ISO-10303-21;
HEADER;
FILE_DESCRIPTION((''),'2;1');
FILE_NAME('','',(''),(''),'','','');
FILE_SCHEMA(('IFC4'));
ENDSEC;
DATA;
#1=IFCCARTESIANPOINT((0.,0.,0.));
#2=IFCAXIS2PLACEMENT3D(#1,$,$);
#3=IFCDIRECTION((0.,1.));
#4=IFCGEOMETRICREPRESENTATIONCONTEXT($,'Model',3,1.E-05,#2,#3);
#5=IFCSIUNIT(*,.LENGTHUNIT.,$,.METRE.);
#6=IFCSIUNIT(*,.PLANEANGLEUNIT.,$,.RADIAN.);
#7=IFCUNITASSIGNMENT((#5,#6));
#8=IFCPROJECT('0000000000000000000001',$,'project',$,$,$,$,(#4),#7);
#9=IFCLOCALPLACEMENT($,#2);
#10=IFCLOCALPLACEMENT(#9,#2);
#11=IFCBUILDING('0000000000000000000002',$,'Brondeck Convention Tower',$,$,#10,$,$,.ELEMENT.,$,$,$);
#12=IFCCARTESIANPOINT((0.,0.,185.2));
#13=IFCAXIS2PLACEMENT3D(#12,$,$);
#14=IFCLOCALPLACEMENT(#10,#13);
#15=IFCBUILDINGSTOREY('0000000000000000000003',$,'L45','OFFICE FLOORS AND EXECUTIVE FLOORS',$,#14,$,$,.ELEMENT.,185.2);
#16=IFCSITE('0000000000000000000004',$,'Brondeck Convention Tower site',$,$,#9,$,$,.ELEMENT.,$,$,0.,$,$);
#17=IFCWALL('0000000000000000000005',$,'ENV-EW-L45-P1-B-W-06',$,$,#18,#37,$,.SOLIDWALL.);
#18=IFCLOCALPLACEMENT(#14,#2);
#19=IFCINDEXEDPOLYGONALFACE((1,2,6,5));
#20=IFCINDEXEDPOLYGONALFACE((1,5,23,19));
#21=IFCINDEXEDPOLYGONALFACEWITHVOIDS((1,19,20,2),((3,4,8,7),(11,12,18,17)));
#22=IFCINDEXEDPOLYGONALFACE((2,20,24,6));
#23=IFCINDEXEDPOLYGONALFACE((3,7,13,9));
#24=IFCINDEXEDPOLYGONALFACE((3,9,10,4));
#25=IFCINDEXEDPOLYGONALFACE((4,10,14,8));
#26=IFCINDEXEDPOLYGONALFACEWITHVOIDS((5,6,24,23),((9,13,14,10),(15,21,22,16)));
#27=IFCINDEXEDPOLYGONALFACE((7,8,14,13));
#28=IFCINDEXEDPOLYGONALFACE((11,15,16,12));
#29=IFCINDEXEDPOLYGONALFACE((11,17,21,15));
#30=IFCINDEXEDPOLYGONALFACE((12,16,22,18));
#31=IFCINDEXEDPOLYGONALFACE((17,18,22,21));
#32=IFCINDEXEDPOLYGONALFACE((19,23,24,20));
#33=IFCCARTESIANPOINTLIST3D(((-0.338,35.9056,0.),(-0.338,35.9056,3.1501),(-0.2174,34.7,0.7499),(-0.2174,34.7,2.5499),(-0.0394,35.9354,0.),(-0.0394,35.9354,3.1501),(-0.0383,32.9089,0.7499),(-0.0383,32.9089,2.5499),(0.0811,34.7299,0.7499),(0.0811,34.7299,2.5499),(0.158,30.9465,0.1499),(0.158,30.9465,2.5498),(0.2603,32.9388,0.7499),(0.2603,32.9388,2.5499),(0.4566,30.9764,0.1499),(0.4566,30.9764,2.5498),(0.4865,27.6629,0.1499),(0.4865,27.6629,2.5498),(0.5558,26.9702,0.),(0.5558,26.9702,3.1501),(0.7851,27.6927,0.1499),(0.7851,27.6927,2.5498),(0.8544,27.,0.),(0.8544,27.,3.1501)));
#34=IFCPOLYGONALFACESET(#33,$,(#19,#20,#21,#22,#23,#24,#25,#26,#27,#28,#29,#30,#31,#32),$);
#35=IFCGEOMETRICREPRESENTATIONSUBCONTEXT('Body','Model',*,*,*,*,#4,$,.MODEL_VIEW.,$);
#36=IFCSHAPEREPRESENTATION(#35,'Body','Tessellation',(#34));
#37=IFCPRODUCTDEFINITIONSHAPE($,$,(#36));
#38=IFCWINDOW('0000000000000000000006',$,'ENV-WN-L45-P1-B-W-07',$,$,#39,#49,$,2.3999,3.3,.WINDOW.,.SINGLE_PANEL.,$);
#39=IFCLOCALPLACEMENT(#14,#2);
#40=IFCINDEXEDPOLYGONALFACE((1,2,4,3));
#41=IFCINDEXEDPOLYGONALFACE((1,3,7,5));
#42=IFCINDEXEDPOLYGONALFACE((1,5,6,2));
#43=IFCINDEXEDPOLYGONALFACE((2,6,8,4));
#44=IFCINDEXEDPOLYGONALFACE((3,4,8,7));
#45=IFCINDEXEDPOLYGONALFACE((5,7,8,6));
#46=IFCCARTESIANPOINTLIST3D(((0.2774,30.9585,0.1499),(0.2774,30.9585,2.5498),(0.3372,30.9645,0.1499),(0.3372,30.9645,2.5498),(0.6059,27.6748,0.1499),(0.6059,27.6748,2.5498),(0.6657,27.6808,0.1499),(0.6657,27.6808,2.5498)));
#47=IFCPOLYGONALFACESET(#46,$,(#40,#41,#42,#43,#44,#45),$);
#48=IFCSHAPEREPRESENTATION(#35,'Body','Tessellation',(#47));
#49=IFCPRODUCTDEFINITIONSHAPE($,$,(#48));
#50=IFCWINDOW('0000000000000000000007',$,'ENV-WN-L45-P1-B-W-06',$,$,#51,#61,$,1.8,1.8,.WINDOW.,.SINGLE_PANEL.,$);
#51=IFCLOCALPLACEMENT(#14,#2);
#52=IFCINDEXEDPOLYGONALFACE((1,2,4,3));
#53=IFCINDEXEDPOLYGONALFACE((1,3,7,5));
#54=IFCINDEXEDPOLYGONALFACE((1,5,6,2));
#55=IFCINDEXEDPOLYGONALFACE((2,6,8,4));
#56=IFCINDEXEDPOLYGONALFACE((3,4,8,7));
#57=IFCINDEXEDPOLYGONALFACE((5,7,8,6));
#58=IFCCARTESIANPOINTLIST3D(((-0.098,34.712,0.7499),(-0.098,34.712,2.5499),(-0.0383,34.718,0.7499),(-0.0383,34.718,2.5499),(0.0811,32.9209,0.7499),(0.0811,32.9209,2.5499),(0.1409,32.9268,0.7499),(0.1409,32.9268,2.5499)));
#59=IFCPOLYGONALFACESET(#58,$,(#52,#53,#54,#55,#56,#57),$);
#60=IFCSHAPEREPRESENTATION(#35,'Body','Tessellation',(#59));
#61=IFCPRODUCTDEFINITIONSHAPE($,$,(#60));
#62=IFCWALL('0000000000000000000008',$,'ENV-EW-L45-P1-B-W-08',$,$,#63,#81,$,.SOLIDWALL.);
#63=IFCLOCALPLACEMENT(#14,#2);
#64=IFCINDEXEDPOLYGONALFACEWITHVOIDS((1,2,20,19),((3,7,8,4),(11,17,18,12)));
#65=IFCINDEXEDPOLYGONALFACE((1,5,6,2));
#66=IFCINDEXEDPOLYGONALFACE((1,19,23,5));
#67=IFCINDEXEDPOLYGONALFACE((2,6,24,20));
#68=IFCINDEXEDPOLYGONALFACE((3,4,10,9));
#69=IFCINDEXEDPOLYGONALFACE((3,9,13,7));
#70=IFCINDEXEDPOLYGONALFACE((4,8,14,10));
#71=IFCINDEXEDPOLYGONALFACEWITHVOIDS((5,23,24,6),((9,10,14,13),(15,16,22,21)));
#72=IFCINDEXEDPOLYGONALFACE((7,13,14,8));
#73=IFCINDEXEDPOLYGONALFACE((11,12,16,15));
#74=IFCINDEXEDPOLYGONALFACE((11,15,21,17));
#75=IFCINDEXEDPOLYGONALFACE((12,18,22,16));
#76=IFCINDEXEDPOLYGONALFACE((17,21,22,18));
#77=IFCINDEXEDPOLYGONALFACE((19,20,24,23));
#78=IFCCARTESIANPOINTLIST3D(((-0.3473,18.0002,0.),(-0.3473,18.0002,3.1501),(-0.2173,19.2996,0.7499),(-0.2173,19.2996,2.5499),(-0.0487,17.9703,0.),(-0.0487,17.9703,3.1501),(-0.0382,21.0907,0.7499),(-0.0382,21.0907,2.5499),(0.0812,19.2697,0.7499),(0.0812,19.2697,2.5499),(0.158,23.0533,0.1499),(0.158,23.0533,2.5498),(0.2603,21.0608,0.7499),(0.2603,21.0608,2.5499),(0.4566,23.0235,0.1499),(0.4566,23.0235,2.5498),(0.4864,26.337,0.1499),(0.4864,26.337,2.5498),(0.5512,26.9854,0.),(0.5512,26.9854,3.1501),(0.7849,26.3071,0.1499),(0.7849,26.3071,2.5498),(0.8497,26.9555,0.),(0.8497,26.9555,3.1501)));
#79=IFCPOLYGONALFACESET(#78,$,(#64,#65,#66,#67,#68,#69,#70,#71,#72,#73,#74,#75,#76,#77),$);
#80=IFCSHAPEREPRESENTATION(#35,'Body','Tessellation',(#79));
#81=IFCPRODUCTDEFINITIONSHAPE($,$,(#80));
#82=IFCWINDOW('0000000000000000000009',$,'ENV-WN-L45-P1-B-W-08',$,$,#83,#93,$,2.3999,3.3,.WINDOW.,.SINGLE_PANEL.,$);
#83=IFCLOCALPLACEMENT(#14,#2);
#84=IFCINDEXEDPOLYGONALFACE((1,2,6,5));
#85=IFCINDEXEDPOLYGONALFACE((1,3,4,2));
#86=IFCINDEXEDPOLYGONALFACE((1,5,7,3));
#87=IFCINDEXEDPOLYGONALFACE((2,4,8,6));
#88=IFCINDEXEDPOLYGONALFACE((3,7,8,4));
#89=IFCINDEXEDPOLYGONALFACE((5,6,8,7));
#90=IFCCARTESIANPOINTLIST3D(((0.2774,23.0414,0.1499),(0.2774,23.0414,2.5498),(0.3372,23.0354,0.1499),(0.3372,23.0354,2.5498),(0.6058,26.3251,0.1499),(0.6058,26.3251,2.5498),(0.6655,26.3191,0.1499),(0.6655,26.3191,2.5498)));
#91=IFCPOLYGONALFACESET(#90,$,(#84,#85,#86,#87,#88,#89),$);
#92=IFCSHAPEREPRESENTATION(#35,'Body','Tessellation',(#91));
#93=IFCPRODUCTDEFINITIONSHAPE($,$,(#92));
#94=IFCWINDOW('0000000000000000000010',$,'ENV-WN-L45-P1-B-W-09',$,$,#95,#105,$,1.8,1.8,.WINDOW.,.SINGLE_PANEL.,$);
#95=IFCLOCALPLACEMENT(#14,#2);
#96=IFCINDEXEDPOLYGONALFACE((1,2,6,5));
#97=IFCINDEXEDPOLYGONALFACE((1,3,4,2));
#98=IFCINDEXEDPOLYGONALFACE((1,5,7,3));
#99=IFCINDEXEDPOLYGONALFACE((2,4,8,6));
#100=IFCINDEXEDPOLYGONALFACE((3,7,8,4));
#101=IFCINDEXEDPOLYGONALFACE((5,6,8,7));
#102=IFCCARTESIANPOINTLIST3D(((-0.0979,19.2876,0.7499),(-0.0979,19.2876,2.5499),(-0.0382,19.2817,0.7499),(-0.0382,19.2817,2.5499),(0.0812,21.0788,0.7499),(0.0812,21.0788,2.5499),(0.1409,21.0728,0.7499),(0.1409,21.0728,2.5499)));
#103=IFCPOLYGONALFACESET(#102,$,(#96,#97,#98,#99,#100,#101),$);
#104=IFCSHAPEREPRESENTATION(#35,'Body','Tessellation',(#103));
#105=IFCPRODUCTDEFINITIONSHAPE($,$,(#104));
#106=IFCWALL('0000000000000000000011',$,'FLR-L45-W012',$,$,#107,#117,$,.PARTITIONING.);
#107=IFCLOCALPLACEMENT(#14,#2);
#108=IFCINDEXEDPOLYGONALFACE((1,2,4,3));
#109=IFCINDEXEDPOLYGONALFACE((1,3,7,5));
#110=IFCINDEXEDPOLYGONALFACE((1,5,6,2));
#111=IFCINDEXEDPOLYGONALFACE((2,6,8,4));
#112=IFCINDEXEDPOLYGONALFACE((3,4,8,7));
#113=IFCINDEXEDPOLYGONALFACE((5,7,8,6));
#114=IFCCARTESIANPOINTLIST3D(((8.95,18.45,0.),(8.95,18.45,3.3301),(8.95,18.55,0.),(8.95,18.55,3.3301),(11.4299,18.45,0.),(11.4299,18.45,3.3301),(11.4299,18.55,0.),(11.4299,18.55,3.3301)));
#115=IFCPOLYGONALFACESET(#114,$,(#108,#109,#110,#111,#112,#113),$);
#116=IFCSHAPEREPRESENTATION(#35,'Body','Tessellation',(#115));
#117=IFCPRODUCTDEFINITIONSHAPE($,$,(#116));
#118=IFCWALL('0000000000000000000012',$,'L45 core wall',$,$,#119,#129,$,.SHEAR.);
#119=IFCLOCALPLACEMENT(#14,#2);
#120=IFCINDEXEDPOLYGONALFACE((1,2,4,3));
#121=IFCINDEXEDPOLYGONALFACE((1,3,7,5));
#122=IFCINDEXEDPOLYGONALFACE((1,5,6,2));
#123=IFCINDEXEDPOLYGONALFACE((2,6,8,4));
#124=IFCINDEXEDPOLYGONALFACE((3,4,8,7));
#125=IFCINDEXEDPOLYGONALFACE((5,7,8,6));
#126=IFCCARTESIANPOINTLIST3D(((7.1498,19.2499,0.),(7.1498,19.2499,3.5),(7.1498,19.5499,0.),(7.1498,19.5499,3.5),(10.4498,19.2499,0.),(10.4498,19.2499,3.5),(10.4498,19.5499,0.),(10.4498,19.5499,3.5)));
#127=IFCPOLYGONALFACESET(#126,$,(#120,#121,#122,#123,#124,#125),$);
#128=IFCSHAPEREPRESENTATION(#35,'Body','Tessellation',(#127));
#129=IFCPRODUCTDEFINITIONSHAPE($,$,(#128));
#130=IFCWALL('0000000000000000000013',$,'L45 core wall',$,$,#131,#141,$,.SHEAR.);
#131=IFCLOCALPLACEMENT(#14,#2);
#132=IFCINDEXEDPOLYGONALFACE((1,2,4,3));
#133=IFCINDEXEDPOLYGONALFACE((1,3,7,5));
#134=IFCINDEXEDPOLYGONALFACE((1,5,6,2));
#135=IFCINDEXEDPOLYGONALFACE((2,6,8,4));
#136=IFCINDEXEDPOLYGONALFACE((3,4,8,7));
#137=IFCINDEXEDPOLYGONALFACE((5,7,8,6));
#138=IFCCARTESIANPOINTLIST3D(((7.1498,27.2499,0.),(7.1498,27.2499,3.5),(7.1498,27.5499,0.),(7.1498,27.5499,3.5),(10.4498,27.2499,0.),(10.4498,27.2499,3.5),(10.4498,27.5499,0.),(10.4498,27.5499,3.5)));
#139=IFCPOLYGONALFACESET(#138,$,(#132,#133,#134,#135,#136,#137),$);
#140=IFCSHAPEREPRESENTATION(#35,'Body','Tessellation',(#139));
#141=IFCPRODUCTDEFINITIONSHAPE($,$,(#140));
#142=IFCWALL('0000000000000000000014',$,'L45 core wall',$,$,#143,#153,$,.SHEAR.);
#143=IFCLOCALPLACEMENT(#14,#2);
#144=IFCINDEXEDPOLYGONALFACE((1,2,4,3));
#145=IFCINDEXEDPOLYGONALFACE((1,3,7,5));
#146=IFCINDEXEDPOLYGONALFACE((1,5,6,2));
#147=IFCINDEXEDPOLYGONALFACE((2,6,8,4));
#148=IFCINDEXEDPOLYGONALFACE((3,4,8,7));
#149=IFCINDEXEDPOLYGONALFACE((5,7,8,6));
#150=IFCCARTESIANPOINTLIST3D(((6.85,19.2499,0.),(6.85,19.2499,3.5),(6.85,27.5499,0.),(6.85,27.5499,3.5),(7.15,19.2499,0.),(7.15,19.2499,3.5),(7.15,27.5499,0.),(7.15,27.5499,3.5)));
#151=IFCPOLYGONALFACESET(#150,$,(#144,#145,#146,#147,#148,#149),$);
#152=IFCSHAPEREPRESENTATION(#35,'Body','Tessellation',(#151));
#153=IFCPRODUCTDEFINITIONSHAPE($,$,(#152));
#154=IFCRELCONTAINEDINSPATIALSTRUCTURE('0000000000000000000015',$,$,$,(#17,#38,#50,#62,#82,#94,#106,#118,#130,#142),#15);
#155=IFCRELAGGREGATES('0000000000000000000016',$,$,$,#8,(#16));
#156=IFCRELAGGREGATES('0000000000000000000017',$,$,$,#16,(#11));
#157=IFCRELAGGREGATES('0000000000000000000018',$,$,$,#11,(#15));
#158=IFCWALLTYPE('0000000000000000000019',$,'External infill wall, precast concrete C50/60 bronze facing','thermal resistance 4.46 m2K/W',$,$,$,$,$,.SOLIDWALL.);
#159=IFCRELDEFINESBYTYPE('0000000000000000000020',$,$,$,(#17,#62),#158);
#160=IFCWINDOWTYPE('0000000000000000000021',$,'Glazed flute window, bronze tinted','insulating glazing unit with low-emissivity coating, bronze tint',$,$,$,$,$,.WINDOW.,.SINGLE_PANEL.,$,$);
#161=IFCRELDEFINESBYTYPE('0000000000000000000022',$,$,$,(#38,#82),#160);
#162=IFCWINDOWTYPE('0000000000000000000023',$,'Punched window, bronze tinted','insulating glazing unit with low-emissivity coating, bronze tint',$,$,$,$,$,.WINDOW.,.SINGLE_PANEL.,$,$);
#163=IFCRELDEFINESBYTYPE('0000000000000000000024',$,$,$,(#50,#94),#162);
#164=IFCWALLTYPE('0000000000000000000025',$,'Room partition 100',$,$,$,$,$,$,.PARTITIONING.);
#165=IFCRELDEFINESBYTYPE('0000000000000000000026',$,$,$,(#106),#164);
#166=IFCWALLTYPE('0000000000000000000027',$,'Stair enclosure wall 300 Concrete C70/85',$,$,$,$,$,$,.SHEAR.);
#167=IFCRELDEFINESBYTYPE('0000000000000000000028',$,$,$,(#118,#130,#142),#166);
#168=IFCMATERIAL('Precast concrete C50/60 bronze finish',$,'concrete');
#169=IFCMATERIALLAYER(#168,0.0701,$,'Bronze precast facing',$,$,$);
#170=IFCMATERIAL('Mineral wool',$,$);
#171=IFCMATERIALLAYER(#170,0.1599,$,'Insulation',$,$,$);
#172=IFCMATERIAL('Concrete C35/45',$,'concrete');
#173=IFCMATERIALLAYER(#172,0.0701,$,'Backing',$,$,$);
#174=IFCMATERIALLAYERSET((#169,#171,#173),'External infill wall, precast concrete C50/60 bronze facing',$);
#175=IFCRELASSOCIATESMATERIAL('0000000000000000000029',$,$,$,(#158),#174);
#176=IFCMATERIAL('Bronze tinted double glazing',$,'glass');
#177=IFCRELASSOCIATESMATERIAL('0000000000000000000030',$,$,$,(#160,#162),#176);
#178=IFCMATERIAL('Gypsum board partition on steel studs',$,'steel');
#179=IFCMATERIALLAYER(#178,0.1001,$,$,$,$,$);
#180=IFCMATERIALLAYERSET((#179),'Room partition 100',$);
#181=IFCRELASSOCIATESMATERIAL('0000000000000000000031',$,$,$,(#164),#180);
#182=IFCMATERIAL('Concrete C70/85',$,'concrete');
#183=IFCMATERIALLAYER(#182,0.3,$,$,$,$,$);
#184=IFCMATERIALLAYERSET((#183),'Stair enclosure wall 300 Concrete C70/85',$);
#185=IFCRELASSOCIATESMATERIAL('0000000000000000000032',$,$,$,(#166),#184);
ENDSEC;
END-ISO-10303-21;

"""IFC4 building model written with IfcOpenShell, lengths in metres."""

from ifc_helpers import new_model, si_unit, direction, frame, frame_2d, origin, place, context, subcontext, project, spatial, rectangle, extrude, material, layer, layer_set, type_object, element, fill, save


model = new_model("IFC4")

# Units and contexts
model_context = context("Model", 3, precision=1e-05, world=origin(), true_north=direction((0.0, 1.0)))
body_context = subcontext(model_context, "Body", "Model", "MODEL_VIEW")
ifc_project = project(units=[si_unit("LENGTHUNIT", "METRE"), si_unit("PLANEANGLEUNIT", "RADIAN")], contexts=[model_context])

# Site, building, storey
site_placement = place(None, origin())
site = spatial("IfcSite", under=ifc_project, at=site_placement, Name="Brondeck Convention Tower site", CompositionType="ELEMENT", RefElevation=0.0)
building_placement = place(site_placement, origin())
building = spatial("IfcBuilding", under=site, at=building_placement, Name="Brondeck Convention Tower", CompositionType="ELEMENT")
storey_placement = place(building_placement, frame((0.0, 0.0, 185.2)))
storey = spatial("IfcBuildingStorey", under=building, at=storey_placement, Name="L45", Description="OFFICE FLOORS AND EXECUTIVE FLOORS", CompositionType="ELEMENT", Elevation=185.2)

# Shared definitions
ifc_material_1 = material(Name="Concrete C70/85", Category="concrete")

# Walls, openings, windows
ifc_material_2 = material(Name="Precast concrete C50/60 bronze finish", Category="concrete")
ifc_layer_1 = layer(ifc_material_2, 0.0701, Name="Bronze precast facing")
ifc_material_3 = material(Name="Mineral wool")
ifc_layer_2 = layer(ifc_material_3, 0.1599, Name="Insulation")
ifc_material_4 = material(Name="Concrete C35/45", Category="concrete")
ifc_layer_3 = layer(ifc_material_4, 0.0701, Name="Backing")
ifc_layer_set_1 = layer_set([ifc_layer_1, ifc_layer_2, ifc_layer_3], Name="External infill wall, precast concrete C50/60 bronze facing")
wall_type_1 = type_object("IfcWallType", Name="External infill wall, precast concrete C50/60 bronze facing", Description="thermal resistance 4.46 m2K/W", PredefinedType="SOLIDWALL", material=ifc_layer_set_1)
wall_1_placement = place(storey_placement, frame((0.7051, 26.9851, 0.0), z_axis=(0.0, 0.0, 1.0), x_axis=(-0.099533, 0.995034, 0.0)))
wall_1 = element("IfcWall", 1, at=wall_1_placement, inside=storey, type_object=wall_type_1, Name="ENV-EW-L45-P1-B-W-06", PredefinedType="SOLIDWALL", context=body_context, shape_type="SweptSolid", body=[
    extrude(rectangle(XDim=8.98, YDim=0.3, at=frame_2d((4.49, 0.0))), origin(), (0.0, 0.0, 1.0), 3.1501),
])
opening_1_placement = place(wall_1_placement, frame((0.6963, 0.0, 0.1499)))
opening_1 = element("IfcOpeningElement", 2, at=opening_1_placement, cuts=wall_1, PredefinedType="OPENING", context=body_context, shape_type="SweptSolid", body=[
    extrude(rectangle(XDim=3.3, YDim=2.3999, at=frame_2d((1.6499, 1.2))), frame((0.0, 0.1599, 0.0), z_axis=(0.0, -1.0, 0.0), x_axis=(1.0, 0.0, 0.0)), (0.0, 0.0, 1.0), 0.3201),
])
opening_2_placement = place(wall_1_placement, frame((5.9685, 0.0, 0.75)))
opening_2 = element("IfcOpeningElement", 3, at=opening_2_placement, cuts=wall_1, PredefinedType="OPENING", context=body_context, shape_type="SweptSolid", body=[
    extrude(rectangle(XDim=1.8, YDim=1.8, at=frame_2d((0.8999, 0.8999))), frame((0.0, 0.1599, 0.0), z_axis=(0.0, -1.0, 0.0), x_axis=(1.0, 0.0, 0.0)), (0.0, 0.0, 1.0), 0.3201),
])
ifc_material_5 = material(Name="Bronze tinted double glazing", Category="glass")
window_type_1 = type_object("IfcWindowType", Name="Glazed flute window, bronze tinted", Description="insulating glazing unit with low-emissivity coating, bronze tint", PartitioningType="SINGLE_PANEL", PredefinedType="WINDOW", material=ifc_material_5)
window_1_placement = place(opening_1_placement, origin())
window_1 = element("IfcWindow", 4, at=window_1_placement, inside=storey, type_object=window_type_1, Name="ENV-WN-L45-P1-B-W-07", OverallHeight=2.3999, OverallWidth=3.3, PartitioningType="SINGLE_PANEL", PredefinedType="WINDOW", context=body_context, shape_type="SweptSolid", body=[
    extrude(rectangle(XDim=3.3, YDim=2.3999, at=frame_2d((1.6499, 1.2))), frame((0.0, 0.03, 0.0), z_axis=(0.0, -1.0, 0.0), x_axis=(1.0, 0.0, 0.0)), (0.0, 0.0, 1.0), 0.0601),
])
fill(opening_1, window_1)
window_type_2 = type_object("IfcWindowType", Name="Punched window, bronze tinted", Description="insulating glazing unit with low-emissivity coating, bronze tint", PartitioningType="SINGLE_PANEL", PredefinedType="WINDOW", material=ifc_material_5)
window_2_placement = place(opening_2_placement, origin())
window_2 = element("IfcWindow", 5, at=window_2_placement, inside=storey, type_object=window_type_2, Name="ENV-WN-L45-P1-B-W-06", OverallHeight=1.8, OverallWidth=1.8, PartitioningType="SINGLE_PANEL", PredefinedType="WINDOW", context=body_context, shape_type="SweptSolid", body=[
    extrude(rectangle(XDim=1.8, YDim=1.8, at=frame_2d((0.8999, 0.8999))), frame((0.0, 0.03, 0.0), z_axis=(0.0, -1.0, 0.0), x_axis=(1.0, 0.0, 0.0)), (0.0, 0.0, 1.0), 0.0601),
])
fill(opening_2, window_2)
wall_2_placement = place(storey_placement, frame((-0.198, 17.9851, 0.0), z_axis=(0.0, 0.0, 1.0), x_axis=(0.099496, 0.995038, 0.0)))
wall_2 = element("IfcWall", 6, at=wall_2_placement, inside=storey, type_object=wall_type_1, Name="ENV-EW-L45-P1-B-W-08", PredefinedType="SOLIDWALL", context=body_context, shape_type="SweptSolid", body=[
    extrude(rectangle(XDim=9.03, YDim=0.3, at=frame_2d((4.5151, 0.0))), origin(), (0.0, 0.0, 1.0), 3.1501),
])
opening_3_placement = place(wall_2_placement, frame((1.3062, 0.0, 0.75)))
opening_3 = element("IfcOpeningElement", 7, at=opening_3_placement, cuts=wall_2, PredefinedType="OPENING", context=body_context, shape_type="SweptSolid", body=[
    extrude(rectangle(XDim=1.8, YDim=1.8, at=frame_2d((0.8999, 0.8999))), frame((0.0, 0.1599, 0.0), z_axis=(0.0, -1.0, 0.0), x_axis=(1.0, 0.0, 0.0)), (0.0, 0.0, 1.0), 0.3201),
])
opening_4_placement = place(wall_2_placement, frame((5.0786, 0.0, 0.1499)))
opening_4 = element("IfcOpeningElement", 8, at=opening_4_placement, cuts=wall_2, PredefinedType="OPENING", context=body_context, shape_type="SweptSolid", body=[
    extrude(rectangle(XDim=3.3, YDim=2.3999, at=frame_2d((1.6499, 1.2))), frame((0.0, 0.1599, 0.0), z_axis=(0.0, -1.0, 0.0), x_axis=(1.0, 0.0, 0.0)), (0.0, 0.0, 1.0), 0.3201),
])
window_3_placement = place(opening_4_placement, origin())
window_3 = element("IfcWindow", 9, at=window_3_placement, inside=storey, type_object=window_type_1, Name="ENV-WN-L45-P1-B-W-08", OverallHeight=2.3999, OverallWidth=3.3, PartitioningType="SINGLE_PANEL", PredefinedType="WINDOW", context=body_context, shape_type="SweptSolid", body=[
    extrude(rectangle(XDim=3.3, YDim=2.3999, at=frame_2d((1.6499, 1.2))), frame((0.0, 0.03, 0.0), z_axis=(0.0, -1.0, 0.0), x_axis=(1.0, 0.0, 0.0)), (0.0, 0.0, 1.0), 0.0601),
])
fill(opening_4, window_3)
window_4_placement = place(opening_3_placement, origin())
window_4 = element("IfcWindow", 10, at=window_4_placement, inside=storey, type_object=window_type_2, Name="ENV-WN-L45-P1-B-W-09", OverallHeight=1.8, OverallWidth=1.8, PartitioningType="SINGLE_PANEL", PredefinedType="WINDOW", context=body_context, shape_type="SweptSolid", body=[
    extrude(rectangle(XDim=1.8, YDim=1.8, at=frame_2d((0.8999, 0.8999))), frame((0.0, 0.03, 0.0), z_axis=(0.0, -1.0, 0.0), x_axis=(1.0, 0.0, 0.0)), (0.0, 0.0, 1.0), 0.0601),
])
fill(opening_3, window_4)

# Walls
ifc_material_6 = material(Name="Gypsum board partition on steel studs", Category="steel")
ifc_layer_4 = layer(ifc_material_6, 0.1001)
ifc_layer_set_2 = layer_set([ifc_layer_4], Name="Room partition 100")
wall_type_2 = type_object("IfcWallType", Name="Room partition 100", PredefinedType="PARTITIONING", material=ifc_layer_set_2)
wall_3_placement = place(storey_placement, frame((8.95, 18.5, 0.0), z_axis=(0.0, 0.0, 1.0), x_axis=(1.0, 0.0, 0.0)))
element("IfcWall", 11, at=wall_3_placement, inside=storey, type_object=wall_type_2, Name="FLR-L45-W012", PredefinedType="PARTITIONING", context=body_context, shape_type="SweptSolid", body=[
    extrude(rectangle(XDim=2.48, YDim=0.1001, at=frame_2d((1.24, 0.0))), origin(), (0.0, 0.0, 1.0), 3.3301),
])
ifc_layer_5 = layer(ifc_material_1, 0.3)
ifc_layer_set_3 = layer_set([ifc_layer_5], Name="Stair enclosure wall 300 Concrete C70/85")
wall_type_3 = type_object("IfcWallType", Name="Stair enclosure wall 300 Concrete C70/85", PredefinedType="SHEAR", material=ifc_layer_set_3)
for number, where, z_axis, x_axis, name in (
    (12, (7.1499, 19.3999, 0.0), (0.0, 0.0, 1.0), (1.0, 0.0, 0.0), "L45 core wall"),
    (13, (7.1499, 27.3999, 0.0), (0.0, 0.0, 1.0), (1.0, 0.0, 0.0), "L45 core wall"),
):
    element("IfcWall", number, at=place(storey_placement, frame(where, z_axis=z_axis, x_axis=x_axis)), inside=storey, type_object=wall_type_3, Name=name, PredefinedType="SHEAR", context=body_context, shape_type="SweptSolid", body=[
        extrude(rectangle(XDim=3.3, YDim=0.3, at=frame_2d((1.6499, 0.0))), origin(), (0.0, 0.0, 1.0), 3.5),
    ])
wall_4_placement = place(storey_placement, frame((7.0, 19.25, 0.0), z_axis=(0.0, 0.0, 1.0), x_axis=(0.0, 1.0, 0.0)))
element("IfcWall", 14, at=wall_4_placement, inside=storey, type_object=wall_type_3, Name="L45 core wall", PredefinedType="SHEAR", context=body_context, shape_type="SweptSolid", body=[
    extrude(rectangle(XDim=8.3, YDim=0.3, at=frame_2d((4.1499, 0.0))), origin(), (0.0, 0.0, 1.0), 3.5),
])

save(model, "model.ifc")
